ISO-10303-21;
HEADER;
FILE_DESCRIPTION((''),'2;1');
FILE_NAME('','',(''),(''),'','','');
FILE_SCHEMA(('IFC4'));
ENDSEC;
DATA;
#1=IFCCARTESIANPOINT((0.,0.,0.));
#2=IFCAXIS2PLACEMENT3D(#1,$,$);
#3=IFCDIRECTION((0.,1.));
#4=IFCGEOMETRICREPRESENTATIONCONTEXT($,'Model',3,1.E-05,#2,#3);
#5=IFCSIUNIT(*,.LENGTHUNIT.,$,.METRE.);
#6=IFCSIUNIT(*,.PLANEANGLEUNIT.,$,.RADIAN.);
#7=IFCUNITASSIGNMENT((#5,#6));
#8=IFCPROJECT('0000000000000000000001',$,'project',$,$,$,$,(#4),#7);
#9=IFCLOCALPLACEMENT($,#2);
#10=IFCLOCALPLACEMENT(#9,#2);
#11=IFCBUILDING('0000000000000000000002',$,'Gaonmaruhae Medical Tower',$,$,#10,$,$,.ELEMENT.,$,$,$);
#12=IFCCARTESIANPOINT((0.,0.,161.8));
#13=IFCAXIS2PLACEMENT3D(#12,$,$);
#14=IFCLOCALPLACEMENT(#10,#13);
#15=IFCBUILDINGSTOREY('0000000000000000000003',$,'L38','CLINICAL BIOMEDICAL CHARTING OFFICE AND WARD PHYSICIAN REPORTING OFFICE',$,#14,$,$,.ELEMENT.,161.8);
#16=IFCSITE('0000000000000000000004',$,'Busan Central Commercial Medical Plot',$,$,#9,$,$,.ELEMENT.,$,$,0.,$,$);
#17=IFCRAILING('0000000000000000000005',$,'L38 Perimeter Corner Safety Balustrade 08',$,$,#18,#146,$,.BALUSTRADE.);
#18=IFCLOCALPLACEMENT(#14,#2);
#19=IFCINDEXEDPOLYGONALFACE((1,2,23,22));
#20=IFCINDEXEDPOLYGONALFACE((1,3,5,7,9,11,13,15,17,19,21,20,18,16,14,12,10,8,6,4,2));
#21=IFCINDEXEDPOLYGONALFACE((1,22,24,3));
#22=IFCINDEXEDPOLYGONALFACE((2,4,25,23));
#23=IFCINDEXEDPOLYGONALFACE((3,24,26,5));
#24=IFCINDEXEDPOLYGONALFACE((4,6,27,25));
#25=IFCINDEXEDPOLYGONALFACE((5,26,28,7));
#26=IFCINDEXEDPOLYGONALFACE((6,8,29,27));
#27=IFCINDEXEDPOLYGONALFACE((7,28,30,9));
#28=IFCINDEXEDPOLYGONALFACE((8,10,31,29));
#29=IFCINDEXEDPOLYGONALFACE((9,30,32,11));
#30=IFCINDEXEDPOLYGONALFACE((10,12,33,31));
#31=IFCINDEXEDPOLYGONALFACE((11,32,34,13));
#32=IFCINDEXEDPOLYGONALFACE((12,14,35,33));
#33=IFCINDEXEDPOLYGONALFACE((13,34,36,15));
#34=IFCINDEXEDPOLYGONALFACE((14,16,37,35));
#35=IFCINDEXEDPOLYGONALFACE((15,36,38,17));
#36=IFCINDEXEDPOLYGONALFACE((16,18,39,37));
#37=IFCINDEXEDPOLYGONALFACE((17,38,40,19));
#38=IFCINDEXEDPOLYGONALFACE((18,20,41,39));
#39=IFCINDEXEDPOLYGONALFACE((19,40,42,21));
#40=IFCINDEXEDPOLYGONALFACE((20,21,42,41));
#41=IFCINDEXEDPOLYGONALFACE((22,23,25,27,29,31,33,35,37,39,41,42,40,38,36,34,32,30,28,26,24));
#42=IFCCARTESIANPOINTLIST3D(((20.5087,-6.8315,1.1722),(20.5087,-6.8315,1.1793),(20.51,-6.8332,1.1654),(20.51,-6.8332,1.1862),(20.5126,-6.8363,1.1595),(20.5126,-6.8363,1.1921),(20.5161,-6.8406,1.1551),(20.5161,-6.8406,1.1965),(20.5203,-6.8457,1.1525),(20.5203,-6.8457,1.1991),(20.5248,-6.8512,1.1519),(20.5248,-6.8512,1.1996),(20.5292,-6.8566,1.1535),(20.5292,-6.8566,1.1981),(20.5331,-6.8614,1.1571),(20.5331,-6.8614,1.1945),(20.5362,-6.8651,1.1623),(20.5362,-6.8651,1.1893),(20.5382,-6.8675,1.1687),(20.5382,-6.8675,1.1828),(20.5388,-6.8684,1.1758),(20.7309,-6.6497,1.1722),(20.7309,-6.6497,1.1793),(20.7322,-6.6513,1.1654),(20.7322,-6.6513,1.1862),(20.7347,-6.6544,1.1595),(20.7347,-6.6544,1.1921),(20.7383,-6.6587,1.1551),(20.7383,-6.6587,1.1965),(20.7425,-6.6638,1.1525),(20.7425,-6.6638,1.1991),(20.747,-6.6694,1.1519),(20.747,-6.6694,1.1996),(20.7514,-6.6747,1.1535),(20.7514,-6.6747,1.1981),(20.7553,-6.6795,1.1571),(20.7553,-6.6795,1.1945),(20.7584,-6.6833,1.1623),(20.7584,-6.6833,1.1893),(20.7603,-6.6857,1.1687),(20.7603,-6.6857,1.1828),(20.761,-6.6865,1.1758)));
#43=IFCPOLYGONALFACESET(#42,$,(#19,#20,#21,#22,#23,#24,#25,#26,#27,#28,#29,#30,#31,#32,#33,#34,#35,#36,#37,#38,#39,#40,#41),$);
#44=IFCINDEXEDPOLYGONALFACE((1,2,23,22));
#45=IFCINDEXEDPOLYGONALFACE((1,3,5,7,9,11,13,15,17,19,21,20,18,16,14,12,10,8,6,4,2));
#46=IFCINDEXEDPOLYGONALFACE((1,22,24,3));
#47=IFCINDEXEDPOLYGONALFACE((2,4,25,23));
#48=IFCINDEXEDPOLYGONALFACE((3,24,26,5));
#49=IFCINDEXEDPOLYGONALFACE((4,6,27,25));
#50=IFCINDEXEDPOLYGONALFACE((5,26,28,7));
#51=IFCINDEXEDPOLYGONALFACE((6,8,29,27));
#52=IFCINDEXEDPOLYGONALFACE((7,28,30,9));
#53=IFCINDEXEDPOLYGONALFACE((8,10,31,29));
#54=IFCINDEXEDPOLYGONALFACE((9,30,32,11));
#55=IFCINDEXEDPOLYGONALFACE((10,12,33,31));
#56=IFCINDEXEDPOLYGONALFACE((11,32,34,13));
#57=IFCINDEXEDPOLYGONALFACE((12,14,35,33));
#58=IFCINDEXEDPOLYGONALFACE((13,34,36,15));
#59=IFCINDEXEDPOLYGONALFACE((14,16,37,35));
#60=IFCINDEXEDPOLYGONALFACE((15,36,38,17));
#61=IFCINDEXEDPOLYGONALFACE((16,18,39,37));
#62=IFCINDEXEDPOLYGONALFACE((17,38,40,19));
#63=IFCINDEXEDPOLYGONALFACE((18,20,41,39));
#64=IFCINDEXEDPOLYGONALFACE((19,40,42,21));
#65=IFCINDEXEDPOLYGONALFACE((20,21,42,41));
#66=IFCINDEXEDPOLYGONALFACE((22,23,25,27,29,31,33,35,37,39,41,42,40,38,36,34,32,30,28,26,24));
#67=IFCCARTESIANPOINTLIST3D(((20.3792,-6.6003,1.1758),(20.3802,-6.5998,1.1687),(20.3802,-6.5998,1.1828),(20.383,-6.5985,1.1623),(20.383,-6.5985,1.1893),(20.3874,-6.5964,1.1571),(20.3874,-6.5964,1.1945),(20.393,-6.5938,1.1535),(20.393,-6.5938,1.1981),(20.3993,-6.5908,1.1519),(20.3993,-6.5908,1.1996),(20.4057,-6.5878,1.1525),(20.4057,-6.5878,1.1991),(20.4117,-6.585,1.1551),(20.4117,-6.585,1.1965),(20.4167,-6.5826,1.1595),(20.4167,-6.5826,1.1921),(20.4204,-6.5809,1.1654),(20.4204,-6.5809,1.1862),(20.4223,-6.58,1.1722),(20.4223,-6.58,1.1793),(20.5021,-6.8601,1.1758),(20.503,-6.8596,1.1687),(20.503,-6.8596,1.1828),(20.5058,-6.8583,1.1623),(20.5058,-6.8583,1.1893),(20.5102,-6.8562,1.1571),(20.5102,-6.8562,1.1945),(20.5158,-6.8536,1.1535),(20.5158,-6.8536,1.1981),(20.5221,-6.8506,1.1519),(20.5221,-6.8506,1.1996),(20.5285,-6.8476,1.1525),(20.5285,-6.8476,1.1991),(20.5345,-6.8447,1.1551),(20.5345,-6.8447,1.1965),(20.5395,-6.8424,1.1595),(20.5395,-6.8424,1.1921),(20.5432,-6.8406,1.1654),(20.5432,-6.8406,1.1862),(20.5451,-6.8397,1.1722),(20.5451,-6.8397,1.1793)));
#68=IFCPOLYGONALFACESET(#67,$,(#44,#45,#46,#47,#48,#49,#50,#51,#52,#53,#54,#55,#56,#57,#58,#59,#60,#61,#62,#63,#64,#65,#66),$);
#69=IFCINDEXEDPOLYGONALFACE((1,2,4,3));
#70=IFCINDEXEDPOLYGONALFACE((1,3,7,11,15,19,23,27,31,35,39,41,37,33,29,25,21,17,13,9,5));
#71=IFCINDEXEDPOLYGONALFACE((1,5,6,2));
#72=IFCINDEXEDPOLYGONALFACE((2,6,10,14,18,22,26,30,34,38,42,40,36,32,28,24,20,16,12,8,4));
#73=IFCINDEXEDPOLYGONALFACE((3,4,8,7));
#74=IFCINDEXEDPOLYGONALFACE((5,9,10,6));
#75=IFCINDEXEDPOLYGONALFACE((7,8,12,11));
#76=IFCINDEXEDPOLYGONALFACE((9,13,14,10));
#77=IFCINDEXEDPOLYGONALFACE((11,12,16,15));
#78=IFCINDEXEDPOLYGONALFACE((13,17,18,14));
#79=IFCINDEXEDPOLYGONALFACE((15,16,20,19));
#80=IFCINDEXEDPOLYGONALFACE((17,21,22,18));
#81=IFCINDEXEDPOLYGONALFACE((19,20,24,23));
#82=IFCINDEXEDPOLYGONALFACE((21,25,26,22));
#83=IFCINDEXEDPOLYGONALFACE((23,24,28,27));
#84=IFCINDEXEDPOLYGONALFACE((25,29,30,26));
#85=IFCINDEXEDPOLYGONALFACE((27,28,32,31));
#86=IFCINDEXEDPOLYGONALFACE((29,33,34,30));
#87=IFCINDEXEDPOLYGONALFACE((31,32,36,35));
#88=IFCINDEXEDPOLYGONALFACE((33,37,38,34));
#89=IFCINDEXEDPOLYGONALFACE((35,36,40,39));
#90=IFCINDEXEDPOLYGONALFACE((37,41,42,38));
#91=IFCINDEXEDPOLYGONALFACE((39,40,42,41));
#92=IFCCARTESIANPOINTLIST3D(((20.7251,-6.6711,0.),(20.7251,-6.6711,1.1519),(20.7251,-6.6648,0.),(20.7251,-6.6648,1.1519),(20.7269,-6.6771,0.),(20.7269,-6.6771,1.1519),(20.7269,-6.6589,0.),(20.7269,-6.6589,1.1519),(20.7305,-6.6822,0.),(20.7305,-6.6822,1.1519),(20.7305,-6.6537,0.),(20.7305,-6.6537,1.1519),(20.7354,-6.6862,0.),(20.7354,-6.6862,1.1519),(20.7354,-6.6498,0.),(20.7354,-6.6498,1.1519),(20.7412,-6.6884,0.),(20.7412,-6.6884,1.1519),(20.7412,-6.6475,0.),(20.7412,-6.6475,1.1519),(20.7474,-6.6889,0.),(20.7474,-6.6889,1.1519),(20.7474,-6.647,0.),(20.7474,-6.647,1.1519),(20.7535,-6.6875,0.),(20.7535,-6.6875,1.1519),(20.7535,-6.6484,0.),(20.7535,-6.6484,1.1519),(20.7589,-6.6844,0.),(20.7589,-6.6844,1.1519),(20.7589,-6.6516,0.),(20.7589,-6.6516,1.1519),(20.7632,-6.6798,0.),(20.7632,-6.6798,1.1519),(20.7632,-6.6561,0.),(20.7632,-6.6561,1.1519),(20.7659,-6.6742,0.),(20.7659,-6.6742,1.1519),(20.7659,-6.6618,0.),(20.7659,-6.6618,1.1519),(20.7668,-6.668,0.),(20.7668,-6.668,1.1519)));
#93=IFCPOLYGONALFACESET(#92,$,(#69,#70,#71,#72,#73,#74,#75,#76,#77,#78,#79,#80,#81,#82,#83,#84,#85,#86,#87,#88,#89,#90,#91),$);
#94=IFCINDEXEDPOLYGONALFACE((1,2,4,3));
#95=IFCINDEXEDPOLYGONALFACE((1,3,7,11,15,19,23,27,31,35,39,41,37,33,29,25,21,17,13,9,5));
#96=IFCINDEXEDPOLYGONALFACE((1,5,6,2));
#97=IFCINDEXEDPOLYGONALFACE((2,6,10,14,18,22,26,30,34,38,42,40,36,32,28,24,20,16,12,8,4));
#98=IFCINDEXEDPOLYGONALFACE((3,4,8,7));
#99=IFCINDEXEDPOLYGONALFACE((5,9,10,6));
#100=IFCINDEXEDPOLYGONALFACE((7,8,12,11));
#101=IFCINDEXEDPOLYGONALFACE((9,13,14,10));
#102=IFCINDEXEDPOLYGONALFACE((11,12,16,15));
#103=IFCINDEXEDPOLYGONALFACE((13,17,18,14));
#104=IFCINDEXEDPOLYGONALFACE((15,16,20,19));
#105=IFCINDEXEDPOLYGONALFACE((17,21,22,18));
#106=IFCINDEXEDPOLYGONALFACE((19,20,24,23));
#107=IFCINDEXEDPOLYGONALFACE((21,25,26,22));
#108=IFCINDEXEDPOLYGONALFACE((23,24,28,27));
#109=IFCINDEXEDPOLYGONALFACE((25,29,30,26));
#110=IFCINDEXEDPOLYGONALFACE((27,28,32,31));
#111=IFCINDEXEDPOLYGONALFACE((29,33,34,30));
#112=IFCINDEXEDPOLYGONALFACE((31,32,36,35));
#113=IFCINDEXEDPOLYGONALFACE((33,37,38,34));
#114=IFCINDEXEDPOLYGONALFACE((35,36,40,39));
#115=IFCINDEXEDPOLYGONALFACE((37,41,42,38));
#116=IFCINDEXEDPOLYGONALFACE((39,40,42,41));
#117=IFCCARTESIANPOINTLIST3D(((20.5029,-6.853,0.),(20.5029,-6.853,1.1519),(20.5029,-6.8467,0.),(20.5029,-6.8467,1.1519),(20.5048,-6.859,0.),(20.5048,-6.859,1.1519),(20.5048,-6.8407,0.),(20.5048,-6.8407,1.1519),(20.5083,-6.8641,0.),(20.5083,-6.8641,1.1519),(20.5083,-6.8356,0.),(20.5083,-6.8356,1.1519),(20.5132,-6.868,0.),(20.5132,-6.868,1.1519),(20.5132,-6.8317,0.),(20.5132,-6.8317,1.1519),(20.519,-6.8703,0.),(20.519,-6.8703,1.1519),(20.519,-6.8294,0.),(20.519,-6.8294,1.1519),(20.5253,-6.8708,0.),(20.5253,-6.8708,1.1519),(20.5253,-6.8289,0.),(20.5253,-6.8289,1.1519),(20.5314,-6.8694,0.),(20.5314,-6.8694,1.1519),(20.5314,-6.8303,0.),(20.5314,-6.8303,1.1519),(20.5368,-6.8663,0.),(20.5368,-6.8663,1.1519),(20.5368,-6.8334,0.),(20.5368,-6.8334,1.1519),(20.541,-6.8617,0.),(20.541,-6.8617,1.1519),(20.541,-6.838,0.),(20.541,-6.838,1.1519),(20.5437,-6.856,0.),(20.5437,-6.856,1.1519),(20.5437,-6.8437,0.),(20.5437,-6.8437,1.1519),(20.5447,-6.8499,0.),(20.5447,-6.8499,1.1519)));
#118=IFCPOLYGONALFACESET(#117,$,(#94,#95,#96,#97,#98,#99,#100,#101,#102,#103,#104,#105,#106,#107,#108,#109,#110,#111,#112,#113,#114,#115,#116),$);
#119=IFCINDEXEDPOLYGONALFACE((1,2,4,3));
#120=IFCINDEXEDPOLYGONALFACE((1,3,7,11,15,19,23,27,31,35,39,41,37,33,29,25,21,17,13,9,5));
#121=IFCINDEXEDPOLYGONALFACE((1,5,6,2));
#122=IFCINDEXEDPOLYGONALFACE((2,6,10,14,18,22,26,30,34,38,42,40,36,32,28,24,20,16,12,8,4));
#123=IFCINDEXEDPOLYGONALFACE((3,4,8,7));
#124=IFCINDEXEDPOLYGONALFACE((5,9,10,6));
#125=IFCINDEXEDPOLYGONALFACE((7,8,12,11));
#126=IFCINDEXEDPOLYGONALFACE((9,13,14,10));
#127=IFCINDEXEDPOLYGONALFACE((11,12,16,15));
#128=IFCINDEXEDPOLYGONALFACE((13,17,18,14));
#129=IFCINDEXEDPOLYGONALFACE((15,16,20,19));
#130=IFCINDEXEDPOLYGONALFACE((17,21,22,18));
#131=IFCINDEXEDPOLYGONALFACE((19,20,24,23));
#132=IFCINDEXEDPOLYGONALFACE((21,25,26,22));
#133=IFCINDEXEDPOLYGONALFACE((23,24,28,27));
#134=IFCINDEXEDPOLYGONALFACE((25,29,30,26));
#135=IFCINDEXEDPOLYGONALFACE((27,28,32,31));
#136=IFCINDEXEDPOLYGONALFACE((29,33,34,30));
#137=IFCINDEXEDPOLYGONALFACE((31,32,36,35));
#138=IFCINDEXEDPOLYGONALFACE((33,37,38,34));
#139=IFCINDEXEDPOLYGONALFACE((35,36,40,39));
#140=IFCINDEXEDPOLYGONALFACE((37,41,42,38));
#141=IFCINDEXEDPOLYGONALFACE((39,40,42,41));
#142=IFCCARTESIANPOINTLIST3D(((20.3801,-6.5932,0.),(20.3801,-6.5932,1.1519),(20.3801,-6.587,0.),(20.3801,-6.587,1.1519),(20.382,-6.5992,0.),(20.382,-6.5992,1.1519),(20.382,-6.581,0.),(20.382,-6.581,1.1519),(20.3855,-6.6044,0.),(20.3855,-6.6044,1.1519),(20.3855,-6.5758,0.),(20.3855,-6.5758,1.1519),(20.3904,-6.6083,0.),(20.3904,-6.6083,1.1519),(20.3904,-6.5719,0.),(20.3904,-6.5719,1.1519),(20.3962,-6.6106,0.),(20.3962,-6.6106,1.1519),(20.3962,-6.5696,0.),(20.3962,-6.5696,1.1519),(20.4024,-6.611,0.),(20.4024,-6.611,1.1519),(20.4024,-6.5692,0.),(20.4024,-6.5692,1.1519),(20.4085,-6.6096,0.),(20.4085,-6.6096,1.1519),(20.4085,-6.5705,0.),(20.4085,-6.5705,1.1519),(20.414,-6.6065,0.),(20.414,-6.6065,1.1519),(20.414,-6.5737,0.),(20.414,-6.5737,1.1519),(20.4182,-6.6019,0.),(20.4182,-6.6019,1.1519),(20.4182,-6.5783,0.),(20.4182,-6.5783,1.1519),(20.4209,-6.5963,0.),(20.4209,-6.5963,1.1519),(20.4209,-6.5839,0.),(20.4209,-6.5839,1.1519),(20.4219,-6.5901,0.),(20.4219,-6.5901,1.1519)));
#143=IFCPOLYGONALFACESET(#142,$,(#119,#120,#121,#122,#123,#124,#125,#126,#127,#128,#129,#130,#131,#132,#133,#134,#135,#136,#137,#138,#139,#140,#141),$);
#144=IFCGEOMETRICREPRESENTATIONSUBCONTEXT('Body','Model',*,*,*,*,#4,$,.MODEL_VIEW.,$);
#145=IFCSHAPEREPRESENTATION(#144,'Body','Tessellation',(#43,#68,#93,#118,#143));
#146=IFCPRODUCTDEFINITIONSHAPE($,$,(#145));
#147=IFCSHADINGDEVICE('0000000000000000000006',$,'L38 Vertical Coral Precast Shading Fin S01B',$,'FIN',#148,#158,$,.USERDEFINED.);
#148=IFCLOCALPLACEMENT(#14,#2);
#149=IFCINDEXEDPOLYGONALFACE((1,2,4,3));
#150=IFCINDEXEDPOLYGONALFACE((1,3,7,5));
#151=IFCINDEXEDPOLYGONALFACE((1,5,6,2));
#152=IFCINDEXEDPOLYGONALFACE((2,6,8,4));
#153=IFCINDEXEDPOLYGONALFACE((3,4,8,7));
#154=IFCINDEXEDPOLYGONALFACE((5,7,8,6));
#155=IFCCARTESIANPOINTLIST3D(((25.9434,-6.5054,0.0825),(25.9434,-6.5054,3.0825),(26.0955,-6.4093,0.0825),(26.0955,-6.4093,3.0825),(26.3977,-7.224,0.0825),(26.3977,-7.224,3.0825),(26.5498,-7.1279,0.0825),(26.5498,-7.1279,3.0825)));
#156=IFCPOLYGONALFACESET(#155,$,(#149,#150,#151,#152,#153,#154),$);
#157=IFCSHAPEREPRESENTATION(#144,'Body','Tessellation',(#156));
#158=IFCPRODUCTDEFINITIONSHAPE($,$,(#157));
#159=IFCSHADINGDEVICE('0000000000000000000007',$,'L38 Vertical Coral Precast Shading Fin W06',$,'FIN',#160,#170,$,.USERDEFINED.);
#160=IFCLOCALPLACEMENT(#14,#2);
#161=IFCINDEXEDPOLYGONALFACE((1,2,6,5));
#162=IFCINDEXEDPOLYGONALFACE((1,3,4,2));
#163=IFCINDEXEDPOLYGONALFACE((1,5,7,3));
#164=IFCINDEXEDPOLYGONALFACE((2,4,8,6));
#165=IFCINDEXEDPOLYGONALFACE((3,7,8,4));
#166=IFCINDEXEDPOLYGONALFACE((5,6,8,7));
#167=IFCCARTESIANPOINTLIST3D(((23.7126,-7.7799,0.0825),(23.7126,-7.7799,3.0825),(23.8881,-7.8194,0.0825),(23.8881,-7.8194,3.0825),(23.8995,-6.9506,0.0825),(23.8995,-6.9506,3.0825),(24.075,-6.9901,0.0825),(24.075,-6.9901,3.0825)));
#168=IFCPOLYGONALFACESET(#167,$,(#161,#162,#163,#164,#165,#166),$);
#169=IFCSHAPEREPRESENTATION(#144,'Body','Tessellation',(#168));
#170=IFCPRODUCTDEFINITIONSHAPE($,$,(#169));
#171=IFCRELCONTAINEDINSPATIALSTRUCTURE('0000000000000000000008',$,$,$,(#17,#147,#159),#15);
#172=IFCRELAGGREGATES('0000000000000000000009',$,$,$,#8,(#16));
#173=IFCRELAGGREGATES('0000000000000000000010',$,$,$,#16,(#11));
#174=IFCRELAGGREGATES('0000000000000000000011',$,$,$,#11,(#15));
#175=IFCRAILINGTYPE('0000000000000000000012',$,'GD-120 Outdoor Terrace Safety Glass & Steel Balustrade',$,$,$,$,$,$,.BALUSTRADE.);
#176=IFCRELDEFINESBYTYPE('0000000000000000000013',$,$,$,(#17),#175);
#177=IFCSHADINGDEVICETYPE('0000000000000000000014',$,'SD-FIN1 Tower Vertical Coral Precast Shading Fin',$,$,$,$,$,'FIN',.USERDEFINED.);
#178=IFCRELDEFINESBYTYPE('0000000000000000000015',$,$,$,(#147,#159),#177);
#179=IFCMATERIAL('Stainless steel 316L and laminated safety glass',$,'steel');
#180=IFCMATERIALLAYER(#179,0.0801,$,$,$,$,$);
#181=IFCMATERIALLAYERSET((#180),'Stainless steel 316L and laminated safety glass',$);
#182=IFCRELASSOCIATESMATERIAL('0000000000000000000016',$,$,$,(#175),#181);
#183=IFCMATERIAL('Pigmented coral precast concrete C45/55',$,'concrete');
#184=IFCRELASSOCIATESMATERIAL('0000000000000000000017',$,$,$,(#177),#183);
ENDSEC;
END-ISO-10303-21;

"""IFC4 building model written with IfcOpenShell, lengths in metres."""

from ifc_helpers import new_model, si_unit, direction, frame, origin, origin_2d, place, context, subcontext, project, spatial, rectangle, circle, extrude, material, layer, layer_set, type_object, element, save


model = new_model("IFC4")

# Units and contexts
model_context = context("Model", 3, precision=1e-05, world=origin(), true_north=direction((0.0, 1.0)))
body_context = subcontext(model_context, "Body", "Model", "MODEL_VIEW")
ifc_project = project(units=[si_unit("LENGTHUNIT", "METRE"), si_unit("PLANEANGLEUNIT", "RADIAN")], contexts=[model_context])

# Site, building, storey
site_placement = place(None, origin())
site = spatial("IfcSite", under=ifc_project, at=site_placement, Name="Busan Central Commercial Medical Plot", CompositionType="ELEMENT", RefElevation=0.0)
building_placement = place(site_placement, origin())
building = spatial("IfcBuilding", under=site, at=building_placement, Name="Gaonmaruhae Medical Tower", CompositionType="ELEMENT")
storey_placement = place(building_placement, frame((0.0, 0.0, 161.8)))
storey = spatial("IfcBuildingStorey", under=building, at=storey_placement, Name="L38", Description="CLINICAL BIOMEDICAL CHARTING OFFICE AND WARD PHYSICIAN REPORTING OFFICE", CompositionType="ELEMENT", Elevation=161.8)

# Railing
ifc_material_1 = material(Name="Stainless steel 316L and laminated safety glass", Category="steel")
ifc_layer_1 = layer(ifc_material_1, 0.0801)
ifc_layer_set_1 = layer_set([ifc_layer_1], Name="Stainless steel 316L and laminated safety glass")
railing_type = type_object("IfcRailingType", Name="GD-120 Outdoor Terrace Safety Glass & Steel Balustrade", PredefinedType="BALUSTRADE", material=ifc_layer_set_1)
railing_1_placement = place(storey_placement, frame((20.7458, -6.668, 0.0)))
element("IfcRailing", 1, at=railing_1_placement, inside=storey, type_object=railing_type, Name="L38 Perimeter Corner Safety Balustrade 08", PredefinedType="BALUSTRADE", context=body_context, shape_type="SweptSolid", body=[
    extrude(circle(Radius=0.0239, at=origin_2d()), frame((0.0, 0.0, 1.1758), z_axis=(-0.773768, -0.633469, 0.0), x_axis=(0.633469, -0.773768, 0.0)), (0.0, 0.0, 1.0), 0.2871),
    extrude(circle(Radius=0.0239, at=origin_2d()), frame((-0.2222, -0.1819, 1.1758), z_axis=(-0.427392, 0.904066, 0.0), x_axis=(-0.904066, -0.427392, 0.0)), (0.0, 0.0, 1.0), 0.2874),
    extrude(circle(Radius=0.021, at=origin_2d()), origin(), (0.0, 0.0, 1.0), 1.1519),
    extrude(circle(Radius=0.021, at=origin_2d()), frame((-0.2222, -0.1819, 0.0)), (0.0, 0.0, 1.0), 1.1519),
    extrude(circle(Radius=0.021, at=origin_2d()), frame((-0.345, 0.0779, 0.0)), (0.0, 0.0, 1.0), 1.1519),
])

# Shading devices
ifc_material_2 = material(Name="Pigmented coral precast concrete C45/55", Category="concrete")
shading_device_type = type_object("IfcShadingDeviceType", Name="SD-FIN1 Tower Vertical Coral Precast Shading Fin", ElementType="FIN", PredefinedType="USERDEFINED", material=ifc_material_2)
for number, where, z_axis, x_axis, name in (
    (2, (26.2466, -6.8167, 0.0825), (0.0, 0.0, 1.0), (-0.845262, -0.534352, 0.0), "L38 Vertical Coral Precast Shading Fin S01B"),
    (3, (23.8938, -7.385, 0.0825), (0.0, 0.0, 1.0), (-0.975535, 0.219846, 0.0), "L38 Vertical Coral Precast Shading Fin W06"),
):
    element("IfcShadingDevice", number, at=place(storey_placement, frame(where, z_axis=z_axis, x_axis=x_axis)), inside=storey, type_object=shading_device_type, Name=name, ObjectType="FIN", PredefinedType="USERDEFINED", context=body_context, shape_type="SweptSolid", body=[
        extrude(rectangle(XDim=0.1799, YDim=0.8501, at=origin_2d()), origin(), (0.0, 0.0, 1.0), 3.0),
    ])

save(model, "model.ifc")
